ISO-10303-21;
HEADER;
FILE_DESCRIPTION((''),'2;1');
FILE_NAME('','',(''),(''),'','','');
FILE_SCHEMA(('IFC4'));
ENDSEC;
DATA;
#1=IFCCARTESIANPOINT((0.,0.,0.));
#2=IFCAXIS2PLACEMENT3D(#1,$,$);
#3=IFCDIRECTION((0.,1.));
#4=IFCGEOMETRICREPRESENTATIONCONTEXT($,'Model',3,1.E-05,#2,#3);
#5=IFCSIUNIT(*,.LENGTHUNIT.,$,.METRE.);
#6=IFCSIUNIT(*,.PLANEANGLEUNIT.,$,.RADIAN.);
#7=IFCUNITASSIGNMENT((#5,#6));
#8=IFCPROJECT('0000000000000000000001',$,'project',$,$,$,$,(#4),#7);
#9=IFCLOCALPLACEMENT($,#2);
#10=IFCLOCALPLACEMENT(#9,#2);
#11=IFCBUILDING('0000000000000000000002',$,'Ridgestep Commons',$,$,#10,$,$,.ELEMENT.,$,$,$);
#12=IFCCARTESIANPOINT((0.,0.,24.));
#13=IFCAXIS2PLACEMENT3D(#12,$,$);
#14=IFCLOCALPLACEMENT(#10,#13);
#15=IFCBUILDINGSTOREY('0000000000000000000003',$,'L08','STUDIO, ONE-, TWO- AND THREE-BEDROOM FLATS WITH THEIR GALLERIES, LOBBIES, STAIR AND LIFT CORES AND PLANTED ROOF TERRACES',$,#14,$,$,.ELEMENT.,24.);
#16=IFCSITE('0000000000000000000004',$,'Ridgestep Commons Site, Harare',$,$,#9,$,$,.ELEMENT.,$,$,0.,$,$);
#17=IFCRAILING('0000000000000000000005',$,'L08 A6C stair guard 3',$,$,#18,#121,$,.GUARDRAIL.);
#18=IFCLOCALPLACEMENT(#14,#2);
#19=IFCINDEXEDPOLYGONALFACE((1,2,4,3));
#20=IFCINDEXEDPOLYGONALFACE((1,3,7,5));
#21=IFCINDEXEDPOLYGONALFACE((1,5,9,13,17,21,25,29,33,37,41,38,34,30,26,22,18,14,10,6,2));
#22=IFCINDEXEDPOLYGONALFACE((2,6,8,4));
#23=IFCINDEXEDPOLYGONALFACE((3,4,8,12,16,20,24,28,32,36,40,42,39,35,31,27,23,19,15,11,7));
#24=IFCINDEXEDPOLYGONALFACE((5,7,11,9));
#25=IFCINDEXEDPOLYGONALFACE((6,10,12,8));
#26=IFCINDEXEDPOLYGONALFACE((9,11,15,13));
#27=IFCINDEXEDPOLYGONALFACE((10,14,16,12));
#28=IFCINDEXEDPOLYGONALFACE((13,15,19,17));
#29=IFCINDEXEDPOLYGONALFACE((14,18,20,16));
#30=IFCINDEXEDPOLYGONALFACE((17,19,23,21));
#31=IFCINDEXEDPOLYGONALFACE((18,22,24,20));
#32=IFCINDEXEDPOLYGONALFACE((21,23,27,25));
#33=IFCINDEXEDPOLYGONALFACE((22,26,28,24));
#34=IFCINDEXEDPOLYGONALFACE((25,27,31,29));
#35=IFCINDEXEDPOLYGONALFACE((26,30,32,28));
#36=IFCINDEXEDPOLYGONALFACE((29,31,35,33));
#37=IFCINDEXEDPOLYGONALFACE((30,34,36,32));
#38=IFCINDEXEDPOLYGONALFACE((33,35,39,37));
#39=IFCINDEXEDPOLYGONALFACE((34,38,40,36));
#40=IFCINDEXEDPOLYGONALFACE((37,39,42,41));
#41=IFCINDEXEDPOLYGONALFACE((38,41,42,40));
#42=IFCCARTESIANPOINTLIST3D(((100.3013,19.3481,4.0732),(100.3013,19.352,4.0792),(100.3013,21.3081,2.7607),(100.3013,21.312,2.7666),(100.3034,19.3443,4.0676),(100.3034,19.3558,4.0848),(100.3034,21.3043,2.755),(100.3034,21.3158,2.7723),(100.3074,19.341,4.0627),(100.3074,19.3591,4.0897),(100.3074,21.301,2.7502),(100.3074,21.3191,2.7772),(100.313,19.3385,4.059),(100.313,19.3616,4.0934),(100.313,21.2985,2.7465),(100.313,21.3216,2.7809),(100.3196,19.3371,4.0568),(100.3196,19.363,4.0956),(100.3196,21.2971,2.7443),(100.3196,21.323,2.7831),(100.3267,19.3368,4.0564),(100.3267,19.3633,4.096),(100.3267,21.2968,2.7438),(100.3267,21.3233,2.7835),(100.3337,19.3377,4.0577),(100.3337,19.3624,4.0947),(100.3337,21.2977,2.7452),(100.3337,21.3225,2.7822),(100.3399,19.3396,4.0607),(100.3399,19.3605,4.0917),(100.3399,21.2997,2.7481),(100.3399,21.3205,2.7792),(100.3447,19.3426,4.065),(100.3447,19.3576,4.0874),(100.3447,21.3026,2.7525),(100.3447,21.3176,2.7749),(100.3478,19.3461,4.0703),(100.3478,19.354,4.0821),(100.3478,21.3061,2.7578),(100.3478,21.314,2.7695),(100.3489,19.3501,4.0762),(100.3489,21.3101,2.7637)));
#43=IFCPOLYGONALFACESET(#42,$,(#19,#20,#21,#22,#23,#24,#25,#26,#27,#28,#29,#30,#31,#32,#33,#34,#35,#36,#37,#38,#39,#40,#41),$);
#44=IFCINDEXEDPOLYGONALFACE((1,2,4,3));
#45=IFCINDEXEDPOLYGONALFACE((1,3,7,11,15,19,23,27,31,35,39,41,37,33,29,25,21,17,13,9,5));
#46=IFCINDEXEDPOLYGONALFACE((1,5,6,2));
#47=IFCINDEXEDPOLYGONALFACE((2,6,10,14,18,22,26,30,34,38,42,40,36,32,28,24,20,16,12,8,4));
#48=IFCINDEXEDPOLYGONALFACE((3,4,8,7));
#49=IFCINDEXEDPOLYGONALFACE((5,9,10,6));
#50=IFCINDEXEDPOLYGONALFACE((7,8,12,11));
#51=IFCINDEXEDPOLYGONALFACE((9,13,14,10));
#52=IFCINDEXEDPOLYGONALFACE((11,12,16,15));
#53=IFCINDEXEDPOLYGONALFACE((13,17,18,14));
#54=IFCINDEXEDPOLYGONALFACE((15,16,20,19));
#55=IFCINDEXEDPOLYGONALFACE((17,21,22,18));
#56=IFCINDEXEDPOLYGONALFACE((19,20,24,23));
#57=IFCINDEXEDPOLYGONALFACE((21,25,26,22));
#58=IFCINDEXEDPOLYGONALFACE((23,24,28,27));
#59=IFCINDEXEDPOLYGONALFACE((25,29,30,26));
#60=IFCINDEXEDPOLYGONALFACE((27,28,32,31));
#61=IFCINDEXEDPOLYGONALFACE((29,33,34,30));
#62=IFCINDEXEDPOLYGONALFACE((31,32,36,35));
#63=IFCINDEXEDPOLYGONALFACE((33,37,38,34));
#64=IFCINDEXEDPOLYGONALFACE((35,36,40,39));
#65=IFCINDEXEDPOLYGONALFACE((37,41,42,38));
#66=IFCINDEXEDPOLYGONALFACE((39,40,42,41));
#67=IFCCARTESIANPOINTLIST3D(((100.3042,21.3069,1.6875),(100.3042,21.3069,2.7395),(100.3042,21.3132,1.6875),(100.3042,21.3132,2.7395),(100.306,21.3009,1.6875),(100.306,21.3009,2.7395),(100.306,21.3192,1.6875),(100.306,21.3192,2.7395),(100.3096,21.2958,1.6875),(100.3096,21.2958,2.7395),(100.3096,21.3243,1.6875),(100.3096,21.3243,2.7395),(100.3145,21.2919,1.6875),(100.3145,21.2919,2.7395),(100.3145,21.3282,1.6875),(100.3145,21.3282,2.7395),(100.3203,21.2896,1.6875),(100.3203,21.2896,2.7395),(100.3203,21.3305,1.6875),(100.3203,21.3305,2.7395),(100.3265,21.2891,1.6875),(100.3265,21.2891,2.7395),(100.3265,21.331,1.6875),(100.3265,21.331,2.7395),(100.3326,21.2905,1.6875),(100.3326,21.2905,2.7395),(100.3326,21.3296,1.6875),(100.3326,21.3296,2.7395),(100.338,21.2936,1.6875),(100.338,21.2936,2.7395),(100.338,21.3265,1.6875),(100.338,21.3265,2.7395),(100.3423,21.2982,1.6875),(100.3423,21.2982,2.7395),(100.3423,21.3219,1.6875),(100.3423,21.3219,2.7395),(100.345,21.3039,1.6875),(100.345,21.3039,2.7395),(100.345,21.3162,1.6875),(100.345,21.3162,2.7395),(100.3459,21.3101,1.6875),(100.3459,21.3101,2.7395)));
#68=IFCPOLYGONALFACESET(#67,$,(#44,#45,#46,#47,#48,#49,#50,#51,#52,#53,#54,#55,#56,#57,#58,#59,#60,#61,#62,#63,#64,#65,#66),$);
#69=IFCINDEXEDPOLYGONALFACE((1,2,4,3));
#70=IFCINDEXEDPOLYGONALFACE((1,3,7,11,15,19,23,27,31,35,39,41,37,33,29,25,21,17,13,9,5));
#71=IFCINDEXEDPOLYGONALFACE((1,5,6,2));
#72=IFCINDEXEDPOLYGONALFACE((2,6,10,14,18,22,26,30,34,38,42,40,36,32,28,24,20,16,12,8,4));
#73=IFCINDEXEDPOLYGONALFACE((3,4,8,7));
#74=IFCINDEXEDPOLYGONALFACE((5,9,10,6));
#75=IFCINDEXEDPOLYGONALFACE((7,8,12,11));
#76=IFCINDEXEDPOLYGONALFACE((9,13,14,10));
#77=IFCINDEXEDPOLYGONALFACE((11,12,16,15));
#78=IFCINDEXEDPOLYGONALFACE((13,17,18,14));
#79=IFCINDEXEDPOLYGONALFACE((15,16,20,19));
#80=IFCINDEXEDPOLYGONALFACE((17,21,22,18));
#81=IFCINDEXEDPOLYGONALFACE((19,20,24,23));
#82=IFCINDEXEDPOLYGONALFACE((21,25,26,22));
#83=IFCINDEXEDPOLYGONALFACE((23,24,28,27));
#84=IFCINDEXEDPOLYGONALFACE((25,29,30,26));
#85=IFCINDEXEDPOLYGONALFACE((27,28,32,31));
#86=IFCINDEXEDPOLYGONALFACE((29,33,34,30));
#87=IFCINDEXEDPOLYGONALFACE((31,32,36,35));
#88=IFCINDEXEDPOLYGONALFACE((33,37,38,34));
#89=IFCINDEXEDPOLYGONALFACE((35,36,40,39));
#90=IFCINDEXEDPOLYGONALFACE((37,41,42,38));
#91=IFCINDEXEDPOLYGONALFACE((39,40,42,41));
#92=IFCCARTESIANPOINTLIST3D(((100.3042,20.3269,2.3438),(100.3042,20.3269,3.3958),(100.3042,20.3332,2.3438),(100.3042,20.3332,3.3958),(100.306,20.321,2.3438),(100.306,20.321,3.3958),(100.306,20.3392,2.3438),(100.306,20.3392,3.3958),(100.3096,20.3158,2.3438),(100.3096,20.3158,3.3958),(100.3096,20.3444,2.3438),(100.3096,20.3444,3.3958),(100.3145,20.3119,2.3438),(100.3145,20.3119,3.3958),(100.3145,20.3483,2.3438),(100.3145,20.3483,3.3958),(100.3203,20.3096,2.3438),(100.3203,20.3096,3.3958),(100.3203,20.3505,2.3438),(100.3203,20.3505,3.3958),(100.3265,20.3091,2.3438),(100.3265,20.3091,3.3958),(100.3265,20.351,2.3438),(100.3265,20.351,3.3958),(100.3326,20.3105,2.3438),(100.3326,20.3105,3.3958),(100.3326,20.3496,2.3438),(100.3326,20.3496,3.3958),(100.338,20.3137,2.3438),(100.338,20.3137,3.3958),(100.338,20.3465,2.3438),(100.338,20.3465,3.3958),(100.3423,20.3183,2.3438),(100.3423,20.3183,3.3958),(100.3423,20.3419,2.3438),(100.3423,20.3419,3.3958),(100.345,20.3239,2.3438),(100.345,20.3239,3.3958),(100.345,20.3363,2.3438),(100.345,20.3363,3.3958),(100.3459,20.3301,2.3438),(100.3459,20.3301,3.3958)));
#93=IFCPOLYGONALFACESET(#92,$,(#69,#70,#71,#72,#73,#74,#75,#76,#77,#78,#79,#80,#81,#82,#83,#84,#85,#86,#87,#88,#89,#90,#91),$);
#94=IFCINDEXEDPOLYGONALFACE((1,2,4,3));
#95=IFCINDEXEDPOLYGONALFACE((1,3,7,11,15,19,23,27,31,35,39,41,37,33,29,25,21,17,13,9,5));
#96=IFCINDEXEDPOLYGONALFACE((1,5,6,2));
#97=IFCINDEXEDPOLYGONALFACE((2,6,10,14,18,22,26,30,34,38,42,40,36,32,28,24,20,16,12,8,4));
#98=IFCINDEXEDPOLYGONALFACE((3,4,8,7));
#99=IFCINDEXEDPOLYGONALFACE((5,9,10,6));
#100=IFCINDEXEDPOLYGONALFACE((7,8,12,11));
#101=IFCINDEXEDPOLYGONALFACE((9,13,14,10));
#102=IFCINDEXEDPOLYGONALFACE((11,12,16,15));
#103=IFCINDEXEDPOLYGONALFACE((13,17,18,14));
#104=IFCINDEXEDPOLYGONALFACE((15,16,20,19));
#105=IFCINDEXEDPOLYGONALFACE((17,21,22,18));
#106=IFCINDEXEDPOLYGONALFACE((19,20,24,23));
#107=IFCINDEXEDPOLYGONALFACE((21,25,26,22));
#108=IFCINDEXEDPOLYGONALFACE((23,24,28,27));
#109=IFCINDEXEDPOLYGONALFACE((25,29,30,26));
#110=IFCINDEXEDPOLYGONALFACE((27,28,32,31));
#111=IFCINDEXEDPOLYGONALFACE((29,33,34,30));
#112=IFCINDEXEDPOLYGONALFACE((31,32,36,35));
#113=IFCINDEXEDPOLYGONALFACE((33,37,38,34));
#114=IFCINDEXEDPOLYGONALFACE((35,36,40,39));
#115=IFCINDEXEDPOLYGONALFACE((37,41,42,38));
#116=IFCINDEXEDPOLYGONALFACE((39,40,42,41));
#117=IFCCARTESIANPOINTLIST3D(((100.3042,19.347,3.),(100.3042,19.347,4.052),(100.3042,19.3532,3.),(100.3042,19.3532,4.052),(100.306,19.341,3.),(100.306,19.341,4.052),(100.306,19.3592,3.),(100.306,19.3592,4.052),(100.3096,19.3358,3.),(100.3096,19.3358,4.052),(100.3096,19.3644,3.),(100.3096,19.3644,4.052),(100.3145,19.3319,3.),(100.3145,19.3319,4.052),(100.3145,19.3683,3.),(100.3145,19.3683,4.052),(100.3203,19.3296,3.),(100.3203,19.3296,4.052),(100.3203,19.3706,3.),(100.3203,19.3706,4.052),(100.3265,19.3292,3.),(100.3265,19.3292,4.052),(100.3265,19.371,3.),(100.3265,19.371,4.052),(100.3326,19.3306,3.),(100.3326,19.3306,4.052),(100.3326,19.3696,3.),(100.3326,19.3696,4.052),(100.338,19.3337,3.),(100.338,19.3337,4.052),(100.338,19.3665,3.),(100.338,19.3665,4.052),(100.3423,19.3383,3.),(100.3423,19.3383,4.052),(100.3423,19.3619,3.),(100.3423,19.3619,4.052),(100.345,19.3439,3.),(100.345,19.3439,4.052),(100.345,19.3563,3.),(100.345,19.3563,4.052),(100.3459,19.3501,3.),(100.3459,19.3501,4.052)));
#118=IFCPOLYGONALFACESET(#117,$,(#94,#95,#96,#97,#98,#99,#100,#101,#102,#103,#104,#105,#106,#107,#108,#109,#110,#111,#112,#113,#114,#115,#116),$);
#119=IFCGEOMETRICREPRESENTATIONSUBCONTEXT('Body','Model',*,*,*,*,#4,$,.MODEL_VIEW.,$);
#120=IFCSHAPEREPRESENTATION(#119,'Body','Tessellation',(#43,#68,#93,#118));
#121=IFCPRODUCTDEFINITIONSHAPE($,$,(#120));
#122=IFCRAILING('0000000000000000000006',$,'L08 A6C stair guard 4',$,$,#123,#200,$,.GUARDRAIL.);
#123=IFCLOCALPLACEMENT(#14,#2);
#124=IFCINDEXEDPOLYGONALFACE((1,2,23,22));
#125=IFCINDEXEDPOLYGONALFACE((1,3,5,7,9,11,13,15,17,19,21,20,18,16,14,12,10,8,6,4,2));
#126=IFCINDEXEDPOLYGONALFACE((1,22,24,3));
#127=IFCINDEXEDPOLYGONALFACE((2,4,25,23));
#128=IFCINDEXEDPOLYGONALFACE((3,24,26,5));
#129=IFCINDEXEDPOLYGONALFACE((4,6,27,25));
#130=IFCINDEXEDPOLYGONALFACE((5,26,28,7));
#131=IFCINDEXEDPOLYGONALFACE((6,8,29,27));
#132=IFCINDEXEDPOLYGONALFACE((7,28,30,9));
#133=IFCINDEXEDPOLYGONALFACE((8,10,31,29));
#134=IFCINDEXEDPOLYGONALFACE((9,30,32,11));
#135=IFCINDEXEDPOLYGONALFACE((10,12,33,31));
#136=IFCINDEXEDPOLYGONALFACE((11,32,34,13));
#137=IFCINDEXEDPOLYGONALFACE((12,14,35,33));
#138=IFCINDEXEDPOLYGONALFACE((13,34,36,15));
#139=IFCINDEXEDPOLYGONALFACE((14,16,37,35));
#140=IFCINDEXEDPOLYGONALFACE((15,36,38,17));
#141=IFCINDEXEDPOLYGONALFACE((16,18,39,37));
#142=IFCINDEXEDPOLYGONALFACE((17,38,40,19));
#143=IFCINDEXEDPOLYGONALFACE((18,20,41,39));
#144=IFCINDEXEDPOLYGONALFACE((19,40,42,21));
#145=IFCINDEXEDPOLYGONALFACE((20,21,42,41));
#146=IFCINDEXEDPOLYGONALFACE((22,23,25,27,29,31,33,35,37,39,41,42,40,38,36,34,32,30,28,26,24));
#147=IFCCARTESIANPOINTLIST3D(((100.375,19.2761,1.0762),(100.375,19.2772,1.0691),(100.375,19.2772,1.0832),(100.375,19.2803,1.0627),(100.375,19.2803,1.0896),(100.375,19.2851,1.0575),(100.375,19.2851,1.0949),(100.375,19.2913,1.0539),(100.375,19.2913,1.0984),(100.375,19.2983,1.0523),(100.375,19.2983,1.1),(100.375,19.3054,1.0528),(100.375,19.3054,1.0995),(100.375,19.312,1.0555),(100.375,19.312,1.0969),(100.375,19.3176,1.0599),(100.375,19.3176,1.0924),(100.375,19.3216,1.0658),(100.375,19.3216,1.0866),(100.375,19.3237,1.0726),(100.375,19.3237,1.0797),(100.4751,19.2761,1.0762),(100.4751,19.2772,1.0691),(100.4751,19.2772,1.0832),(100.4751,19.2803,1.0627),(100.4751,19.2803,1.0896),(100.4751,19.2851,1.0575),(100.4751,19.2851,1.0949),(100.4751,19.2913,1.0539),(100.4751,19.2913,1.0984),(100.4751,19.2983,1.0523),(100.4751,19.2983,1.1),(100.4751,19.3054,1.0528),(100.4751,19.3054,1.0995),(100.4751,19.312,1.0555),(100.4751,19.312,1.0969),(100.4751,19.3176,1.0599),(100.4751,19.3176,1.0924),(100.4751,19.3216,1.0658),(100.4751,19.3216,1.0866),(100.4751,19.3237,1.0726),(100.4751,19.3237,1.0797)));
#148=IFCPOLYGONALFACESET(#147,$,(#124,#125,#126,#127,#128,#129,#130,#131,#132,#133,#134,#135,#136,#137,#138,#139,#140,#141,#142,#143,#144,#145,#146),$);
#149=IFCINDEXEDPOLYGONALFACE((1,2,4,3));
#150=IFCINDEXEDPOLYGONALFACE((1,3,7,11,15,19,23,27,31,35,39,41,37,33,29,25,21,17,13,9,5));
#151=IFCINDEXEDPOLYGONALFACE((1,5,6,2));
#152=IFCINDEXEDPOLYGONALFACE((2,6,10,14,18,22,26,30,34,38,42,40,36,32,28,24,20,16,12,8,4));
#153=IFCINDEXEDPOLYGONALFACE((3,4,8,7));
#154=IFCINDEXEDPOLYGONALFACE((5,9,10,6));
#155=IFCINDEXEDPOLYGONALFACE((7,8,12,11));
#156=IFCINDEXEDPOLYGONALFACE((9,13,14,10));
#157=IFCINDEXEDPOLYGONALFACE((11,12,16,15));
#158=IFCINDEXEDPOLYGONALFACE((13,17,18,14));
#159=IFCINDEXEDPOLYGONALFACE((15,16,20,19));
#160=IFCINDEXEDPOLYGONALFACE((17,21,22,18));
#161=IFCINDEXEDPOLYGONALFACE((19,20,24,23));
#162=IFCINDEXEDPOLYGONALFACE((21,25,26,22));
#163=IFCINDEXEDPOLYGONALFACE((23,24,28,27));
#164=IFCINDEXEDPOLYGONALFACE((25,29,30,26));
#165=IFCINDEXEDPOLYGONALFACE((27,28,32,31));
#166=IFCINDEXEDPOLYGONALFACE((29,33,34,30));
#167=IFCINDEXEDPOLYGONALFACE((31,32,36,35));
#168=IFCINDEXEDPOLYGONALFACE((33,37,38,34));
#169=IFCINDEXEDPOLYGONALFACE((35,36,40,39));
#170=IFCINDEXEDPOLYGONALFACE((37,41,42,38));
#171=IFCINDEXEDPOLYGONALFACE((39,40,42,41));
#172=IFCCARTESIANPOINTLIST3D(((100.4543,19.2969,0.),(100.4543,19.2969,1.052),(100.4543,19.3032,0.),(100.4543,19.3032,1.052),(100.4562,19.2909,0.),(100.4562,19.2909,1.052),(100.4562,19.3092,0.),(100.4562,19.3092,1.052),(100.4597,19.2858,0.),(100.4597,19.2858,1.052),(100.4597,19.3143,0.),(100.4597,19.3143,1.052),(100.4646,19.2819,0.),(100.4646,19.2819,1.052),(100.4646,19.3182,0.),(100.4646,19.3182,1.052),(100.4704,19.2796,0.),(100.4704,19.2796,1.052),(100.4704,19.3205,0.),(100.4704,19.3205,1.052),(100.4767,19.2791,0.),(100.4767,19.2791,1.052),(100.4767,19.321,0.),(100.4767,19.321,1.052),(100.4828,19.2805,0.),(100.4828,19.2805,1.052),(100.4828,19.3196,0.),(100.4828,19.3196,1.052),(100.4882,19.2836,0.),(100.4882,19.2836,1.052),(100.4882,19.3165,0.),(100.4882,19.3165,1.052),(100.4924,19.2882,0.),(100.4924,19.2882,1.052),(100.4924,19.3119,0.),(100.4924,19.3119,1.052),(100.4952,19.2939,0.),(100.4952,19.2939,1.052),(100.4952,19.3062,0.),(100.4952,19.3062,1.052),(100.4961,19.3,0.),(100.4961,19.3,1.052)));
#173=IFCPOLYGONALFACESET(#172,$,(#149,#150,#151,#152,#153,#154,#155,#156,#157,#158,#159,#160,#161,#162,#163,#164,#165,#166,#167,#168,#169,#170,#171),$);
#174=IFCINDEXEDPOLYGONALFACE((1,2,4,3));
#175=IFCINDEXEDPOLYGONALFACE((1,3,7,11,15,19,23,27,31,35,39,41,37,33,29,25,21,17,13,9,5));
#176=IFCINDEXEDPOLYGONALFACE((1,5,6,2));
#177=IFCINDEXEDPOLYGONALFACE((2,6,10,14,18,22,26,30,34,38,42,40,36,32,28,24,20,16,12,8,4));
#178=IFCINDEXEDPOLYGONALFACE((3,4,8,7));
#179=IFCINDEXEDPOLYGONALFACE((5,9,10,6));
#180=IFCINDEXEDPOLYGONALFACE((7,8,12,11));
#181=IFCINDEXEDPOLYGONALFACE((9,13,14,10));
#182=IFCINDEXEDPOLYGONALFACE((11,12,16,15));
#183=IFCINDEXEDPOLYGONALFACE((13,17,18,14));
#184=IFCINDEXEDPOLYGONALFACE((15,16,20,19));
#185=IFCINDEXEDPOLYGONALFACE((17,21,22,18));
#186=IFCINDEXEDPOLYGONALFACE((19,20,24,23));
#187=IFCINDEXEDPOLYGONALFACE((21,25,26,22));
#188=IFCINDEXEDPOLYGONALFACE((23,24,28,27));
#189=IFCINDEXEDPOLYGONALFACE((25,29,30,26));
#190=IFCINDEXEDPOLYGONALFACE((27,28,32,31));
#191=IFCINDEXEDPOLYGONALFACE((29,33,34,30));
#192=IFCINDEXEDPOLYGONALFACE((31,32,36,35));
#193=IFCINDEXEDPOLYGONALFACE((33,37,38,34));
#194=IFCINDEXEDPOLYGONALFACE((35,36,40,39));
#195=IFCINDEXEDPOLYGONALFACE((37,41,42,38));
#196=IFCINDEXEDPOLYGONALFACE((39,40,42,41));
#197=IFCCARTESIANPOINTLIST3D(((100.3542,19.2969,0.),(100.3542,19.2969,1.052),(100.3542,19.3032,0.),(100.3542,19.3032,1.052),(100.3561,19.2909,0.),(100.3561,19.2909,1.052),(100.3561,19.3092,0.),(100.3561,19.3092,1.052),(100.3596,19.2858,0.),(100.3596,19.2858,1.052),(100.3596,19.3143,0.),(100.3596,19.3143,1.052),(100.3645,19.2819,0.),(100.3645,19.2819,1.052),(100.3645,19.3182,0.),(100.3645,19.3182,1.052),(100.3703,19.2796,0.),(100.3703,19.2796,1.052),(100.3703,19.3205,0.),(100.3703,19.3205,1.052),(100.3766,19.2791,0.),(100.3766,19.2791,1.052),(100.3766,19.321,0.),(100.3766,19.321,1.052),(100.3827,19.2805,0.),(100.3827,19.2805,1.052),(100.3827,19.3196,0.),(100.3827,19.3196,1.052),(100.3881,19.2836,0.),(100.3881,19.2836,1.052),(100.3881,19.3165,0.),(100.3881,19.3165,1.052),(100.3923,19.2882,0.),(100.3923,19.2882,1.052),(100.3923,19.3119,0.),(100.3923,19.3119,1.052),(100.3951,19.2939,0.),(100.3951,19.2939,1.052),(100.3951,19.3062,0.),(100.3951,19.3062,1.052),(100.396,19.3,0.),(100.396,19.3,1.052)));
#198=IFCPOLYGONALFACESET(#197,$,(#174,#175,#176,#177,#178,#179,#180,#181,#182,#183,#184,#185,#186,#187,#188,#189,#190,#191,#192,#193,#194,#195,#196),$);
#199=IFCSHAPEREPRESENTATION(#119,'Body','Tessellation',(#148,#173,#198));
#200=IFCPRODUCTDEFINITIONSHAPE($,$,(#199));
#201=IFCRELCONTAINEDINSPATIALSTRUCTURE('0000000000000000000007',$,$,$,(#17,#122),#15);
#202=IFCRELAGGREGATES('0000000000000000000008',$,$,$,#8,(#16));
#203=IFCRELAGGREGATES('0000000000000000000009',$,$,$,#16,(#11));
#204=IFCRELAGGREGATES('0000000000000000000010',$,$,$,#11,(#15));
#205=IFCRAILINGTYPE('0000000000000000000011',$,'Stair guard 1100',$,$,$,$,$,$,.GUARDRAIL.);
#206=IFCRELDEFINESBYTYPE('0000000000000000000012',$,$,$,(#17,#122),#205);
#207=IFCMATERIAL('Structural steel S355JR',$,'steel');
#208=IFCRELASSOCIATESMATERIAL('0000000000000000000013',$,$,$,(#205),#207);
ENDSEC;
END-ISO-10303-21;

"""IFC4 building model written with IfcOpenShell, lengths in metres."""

from ifc_helpers import new_model, si_unit, direction, frame, origin, origin_2d, place, context, subcontext, project, spatial, circle, extrude, material, type_object, element, save


model = new_model("IFC4")

# Units and contexts
model_context = context("Model", 3, precision=1e-05, world=origin(), true_north=direction((0.0, 1.0)))
body_context = subcontext(model_context, "Body", "Model", "MODEL_VIEW")
ifc_project = project(units=[si_unit("LENGTHUNIT", "METRE"), si_unit("PLANEANGLEUNIT", "RADIAN")], contexts=[model_context])

# Site, building, storey
site_placement = place(None, origin())
site = spatial("IfcSite", under=ifc_project, at=site_placement, Name="Ridgestep Commons Site, Harare", CompositionType="ELEMENT", RefElevation=0.0)
building_placement = place(site_placement, origin())
building = spatial("IfcBuilding", under=site, at=building_placement, Name="Ridgestep Commons", CompositionType="ELEMENT")
storey_placement = place(building_placement, frame((0.0, 0.0, 24.0)))
storey = spatial("IfcBuildingStorey", under=building, at=storey_placement, Name="L08", Description="STUDIO, ONE-, TWO- AND THREE-BEDROOM FLATS WITH THEIR GALLERIES, LOBBIES, STAIR AND LIFT CORES AND PLANTED ROOF TERRACES", CompositionType="ELEMENT", Elevation=24.0)

# Railings
ifc_material_1 = material(Name="Structural steel S355JR", Category="steel")
railing_type_1 = type_object("IfcRailingType", Name="Stair guard 1100", PredefinedType="GUARDRAIL", material=ifc_material_1)
railing_1_placement = place(storey_placement, frame((100.325, 21.3101, 1.6875)))
element("IfcRailing", 1, at=railing_1_placement, inside=storey, type_object=railing_type_1, Name="L08 A6C stair guard 3", PredefinedType="GUARDRAIL", context=body_context, shape_type="SweptSolid", body=[
    extrude(circle(Radius=0.0239, at=origin_2d()), frame((0.0, 0.0, 1.0762), z_axis=(0.0, -0.830902, 0.556419), x_axis=(1.0, 0.0, 0.0)), (0.0, 0.0, 1.0), 2.3589),
    extrude(circle(Radius=0.021, at=origin_2d()), origin(), (0.0, 0.0, 1.0), 1.052),
    extrude(circle(Radius=0.021, at=origin_2d()), frame((0.0, -0.98, 0.6562)), (0.0, 0.0, 1.0), 1.052),
    extrude(circle(Radius=0.021, at=origin_2d()), frame((0.0, -1.96, 1.3125)), (0.0, 0.0, 1.0), 1.052),
])
railing_2_placement = place(storey_placement, frame((100.4751, 19.3, 0.0)))
element("IfcRailing", 2, at=railing_2_placement, inside=storey, type_object=railing_type_1, Name="L08 A6C stair guard 4", PredefinedType="GUARDRAIL", context=body_context, shape_type="SweptSolid", body=[
    extrude(circle(Radius=0.0239, at=origin_2d()), frame((0.0, 0.0, 1.0762), z_axis=(-1.0, 0.0, 0.0), x_axis=(0.0, -1.0, 0.0)), (0.0, 0.0, 1.0), 0.1001),
    extrude(circle(Radius=0.021, at=origin_2d()), origin(), (0.0, 0.0, 1.0), 1.052),
    extrude(circle(Radius=0.021, at=origin_2d()), frame((-0.1001, 0.0, 0.0)), (0.0, 0.0, 1.0), 1.052),
])

save(model, "model.ifc")
